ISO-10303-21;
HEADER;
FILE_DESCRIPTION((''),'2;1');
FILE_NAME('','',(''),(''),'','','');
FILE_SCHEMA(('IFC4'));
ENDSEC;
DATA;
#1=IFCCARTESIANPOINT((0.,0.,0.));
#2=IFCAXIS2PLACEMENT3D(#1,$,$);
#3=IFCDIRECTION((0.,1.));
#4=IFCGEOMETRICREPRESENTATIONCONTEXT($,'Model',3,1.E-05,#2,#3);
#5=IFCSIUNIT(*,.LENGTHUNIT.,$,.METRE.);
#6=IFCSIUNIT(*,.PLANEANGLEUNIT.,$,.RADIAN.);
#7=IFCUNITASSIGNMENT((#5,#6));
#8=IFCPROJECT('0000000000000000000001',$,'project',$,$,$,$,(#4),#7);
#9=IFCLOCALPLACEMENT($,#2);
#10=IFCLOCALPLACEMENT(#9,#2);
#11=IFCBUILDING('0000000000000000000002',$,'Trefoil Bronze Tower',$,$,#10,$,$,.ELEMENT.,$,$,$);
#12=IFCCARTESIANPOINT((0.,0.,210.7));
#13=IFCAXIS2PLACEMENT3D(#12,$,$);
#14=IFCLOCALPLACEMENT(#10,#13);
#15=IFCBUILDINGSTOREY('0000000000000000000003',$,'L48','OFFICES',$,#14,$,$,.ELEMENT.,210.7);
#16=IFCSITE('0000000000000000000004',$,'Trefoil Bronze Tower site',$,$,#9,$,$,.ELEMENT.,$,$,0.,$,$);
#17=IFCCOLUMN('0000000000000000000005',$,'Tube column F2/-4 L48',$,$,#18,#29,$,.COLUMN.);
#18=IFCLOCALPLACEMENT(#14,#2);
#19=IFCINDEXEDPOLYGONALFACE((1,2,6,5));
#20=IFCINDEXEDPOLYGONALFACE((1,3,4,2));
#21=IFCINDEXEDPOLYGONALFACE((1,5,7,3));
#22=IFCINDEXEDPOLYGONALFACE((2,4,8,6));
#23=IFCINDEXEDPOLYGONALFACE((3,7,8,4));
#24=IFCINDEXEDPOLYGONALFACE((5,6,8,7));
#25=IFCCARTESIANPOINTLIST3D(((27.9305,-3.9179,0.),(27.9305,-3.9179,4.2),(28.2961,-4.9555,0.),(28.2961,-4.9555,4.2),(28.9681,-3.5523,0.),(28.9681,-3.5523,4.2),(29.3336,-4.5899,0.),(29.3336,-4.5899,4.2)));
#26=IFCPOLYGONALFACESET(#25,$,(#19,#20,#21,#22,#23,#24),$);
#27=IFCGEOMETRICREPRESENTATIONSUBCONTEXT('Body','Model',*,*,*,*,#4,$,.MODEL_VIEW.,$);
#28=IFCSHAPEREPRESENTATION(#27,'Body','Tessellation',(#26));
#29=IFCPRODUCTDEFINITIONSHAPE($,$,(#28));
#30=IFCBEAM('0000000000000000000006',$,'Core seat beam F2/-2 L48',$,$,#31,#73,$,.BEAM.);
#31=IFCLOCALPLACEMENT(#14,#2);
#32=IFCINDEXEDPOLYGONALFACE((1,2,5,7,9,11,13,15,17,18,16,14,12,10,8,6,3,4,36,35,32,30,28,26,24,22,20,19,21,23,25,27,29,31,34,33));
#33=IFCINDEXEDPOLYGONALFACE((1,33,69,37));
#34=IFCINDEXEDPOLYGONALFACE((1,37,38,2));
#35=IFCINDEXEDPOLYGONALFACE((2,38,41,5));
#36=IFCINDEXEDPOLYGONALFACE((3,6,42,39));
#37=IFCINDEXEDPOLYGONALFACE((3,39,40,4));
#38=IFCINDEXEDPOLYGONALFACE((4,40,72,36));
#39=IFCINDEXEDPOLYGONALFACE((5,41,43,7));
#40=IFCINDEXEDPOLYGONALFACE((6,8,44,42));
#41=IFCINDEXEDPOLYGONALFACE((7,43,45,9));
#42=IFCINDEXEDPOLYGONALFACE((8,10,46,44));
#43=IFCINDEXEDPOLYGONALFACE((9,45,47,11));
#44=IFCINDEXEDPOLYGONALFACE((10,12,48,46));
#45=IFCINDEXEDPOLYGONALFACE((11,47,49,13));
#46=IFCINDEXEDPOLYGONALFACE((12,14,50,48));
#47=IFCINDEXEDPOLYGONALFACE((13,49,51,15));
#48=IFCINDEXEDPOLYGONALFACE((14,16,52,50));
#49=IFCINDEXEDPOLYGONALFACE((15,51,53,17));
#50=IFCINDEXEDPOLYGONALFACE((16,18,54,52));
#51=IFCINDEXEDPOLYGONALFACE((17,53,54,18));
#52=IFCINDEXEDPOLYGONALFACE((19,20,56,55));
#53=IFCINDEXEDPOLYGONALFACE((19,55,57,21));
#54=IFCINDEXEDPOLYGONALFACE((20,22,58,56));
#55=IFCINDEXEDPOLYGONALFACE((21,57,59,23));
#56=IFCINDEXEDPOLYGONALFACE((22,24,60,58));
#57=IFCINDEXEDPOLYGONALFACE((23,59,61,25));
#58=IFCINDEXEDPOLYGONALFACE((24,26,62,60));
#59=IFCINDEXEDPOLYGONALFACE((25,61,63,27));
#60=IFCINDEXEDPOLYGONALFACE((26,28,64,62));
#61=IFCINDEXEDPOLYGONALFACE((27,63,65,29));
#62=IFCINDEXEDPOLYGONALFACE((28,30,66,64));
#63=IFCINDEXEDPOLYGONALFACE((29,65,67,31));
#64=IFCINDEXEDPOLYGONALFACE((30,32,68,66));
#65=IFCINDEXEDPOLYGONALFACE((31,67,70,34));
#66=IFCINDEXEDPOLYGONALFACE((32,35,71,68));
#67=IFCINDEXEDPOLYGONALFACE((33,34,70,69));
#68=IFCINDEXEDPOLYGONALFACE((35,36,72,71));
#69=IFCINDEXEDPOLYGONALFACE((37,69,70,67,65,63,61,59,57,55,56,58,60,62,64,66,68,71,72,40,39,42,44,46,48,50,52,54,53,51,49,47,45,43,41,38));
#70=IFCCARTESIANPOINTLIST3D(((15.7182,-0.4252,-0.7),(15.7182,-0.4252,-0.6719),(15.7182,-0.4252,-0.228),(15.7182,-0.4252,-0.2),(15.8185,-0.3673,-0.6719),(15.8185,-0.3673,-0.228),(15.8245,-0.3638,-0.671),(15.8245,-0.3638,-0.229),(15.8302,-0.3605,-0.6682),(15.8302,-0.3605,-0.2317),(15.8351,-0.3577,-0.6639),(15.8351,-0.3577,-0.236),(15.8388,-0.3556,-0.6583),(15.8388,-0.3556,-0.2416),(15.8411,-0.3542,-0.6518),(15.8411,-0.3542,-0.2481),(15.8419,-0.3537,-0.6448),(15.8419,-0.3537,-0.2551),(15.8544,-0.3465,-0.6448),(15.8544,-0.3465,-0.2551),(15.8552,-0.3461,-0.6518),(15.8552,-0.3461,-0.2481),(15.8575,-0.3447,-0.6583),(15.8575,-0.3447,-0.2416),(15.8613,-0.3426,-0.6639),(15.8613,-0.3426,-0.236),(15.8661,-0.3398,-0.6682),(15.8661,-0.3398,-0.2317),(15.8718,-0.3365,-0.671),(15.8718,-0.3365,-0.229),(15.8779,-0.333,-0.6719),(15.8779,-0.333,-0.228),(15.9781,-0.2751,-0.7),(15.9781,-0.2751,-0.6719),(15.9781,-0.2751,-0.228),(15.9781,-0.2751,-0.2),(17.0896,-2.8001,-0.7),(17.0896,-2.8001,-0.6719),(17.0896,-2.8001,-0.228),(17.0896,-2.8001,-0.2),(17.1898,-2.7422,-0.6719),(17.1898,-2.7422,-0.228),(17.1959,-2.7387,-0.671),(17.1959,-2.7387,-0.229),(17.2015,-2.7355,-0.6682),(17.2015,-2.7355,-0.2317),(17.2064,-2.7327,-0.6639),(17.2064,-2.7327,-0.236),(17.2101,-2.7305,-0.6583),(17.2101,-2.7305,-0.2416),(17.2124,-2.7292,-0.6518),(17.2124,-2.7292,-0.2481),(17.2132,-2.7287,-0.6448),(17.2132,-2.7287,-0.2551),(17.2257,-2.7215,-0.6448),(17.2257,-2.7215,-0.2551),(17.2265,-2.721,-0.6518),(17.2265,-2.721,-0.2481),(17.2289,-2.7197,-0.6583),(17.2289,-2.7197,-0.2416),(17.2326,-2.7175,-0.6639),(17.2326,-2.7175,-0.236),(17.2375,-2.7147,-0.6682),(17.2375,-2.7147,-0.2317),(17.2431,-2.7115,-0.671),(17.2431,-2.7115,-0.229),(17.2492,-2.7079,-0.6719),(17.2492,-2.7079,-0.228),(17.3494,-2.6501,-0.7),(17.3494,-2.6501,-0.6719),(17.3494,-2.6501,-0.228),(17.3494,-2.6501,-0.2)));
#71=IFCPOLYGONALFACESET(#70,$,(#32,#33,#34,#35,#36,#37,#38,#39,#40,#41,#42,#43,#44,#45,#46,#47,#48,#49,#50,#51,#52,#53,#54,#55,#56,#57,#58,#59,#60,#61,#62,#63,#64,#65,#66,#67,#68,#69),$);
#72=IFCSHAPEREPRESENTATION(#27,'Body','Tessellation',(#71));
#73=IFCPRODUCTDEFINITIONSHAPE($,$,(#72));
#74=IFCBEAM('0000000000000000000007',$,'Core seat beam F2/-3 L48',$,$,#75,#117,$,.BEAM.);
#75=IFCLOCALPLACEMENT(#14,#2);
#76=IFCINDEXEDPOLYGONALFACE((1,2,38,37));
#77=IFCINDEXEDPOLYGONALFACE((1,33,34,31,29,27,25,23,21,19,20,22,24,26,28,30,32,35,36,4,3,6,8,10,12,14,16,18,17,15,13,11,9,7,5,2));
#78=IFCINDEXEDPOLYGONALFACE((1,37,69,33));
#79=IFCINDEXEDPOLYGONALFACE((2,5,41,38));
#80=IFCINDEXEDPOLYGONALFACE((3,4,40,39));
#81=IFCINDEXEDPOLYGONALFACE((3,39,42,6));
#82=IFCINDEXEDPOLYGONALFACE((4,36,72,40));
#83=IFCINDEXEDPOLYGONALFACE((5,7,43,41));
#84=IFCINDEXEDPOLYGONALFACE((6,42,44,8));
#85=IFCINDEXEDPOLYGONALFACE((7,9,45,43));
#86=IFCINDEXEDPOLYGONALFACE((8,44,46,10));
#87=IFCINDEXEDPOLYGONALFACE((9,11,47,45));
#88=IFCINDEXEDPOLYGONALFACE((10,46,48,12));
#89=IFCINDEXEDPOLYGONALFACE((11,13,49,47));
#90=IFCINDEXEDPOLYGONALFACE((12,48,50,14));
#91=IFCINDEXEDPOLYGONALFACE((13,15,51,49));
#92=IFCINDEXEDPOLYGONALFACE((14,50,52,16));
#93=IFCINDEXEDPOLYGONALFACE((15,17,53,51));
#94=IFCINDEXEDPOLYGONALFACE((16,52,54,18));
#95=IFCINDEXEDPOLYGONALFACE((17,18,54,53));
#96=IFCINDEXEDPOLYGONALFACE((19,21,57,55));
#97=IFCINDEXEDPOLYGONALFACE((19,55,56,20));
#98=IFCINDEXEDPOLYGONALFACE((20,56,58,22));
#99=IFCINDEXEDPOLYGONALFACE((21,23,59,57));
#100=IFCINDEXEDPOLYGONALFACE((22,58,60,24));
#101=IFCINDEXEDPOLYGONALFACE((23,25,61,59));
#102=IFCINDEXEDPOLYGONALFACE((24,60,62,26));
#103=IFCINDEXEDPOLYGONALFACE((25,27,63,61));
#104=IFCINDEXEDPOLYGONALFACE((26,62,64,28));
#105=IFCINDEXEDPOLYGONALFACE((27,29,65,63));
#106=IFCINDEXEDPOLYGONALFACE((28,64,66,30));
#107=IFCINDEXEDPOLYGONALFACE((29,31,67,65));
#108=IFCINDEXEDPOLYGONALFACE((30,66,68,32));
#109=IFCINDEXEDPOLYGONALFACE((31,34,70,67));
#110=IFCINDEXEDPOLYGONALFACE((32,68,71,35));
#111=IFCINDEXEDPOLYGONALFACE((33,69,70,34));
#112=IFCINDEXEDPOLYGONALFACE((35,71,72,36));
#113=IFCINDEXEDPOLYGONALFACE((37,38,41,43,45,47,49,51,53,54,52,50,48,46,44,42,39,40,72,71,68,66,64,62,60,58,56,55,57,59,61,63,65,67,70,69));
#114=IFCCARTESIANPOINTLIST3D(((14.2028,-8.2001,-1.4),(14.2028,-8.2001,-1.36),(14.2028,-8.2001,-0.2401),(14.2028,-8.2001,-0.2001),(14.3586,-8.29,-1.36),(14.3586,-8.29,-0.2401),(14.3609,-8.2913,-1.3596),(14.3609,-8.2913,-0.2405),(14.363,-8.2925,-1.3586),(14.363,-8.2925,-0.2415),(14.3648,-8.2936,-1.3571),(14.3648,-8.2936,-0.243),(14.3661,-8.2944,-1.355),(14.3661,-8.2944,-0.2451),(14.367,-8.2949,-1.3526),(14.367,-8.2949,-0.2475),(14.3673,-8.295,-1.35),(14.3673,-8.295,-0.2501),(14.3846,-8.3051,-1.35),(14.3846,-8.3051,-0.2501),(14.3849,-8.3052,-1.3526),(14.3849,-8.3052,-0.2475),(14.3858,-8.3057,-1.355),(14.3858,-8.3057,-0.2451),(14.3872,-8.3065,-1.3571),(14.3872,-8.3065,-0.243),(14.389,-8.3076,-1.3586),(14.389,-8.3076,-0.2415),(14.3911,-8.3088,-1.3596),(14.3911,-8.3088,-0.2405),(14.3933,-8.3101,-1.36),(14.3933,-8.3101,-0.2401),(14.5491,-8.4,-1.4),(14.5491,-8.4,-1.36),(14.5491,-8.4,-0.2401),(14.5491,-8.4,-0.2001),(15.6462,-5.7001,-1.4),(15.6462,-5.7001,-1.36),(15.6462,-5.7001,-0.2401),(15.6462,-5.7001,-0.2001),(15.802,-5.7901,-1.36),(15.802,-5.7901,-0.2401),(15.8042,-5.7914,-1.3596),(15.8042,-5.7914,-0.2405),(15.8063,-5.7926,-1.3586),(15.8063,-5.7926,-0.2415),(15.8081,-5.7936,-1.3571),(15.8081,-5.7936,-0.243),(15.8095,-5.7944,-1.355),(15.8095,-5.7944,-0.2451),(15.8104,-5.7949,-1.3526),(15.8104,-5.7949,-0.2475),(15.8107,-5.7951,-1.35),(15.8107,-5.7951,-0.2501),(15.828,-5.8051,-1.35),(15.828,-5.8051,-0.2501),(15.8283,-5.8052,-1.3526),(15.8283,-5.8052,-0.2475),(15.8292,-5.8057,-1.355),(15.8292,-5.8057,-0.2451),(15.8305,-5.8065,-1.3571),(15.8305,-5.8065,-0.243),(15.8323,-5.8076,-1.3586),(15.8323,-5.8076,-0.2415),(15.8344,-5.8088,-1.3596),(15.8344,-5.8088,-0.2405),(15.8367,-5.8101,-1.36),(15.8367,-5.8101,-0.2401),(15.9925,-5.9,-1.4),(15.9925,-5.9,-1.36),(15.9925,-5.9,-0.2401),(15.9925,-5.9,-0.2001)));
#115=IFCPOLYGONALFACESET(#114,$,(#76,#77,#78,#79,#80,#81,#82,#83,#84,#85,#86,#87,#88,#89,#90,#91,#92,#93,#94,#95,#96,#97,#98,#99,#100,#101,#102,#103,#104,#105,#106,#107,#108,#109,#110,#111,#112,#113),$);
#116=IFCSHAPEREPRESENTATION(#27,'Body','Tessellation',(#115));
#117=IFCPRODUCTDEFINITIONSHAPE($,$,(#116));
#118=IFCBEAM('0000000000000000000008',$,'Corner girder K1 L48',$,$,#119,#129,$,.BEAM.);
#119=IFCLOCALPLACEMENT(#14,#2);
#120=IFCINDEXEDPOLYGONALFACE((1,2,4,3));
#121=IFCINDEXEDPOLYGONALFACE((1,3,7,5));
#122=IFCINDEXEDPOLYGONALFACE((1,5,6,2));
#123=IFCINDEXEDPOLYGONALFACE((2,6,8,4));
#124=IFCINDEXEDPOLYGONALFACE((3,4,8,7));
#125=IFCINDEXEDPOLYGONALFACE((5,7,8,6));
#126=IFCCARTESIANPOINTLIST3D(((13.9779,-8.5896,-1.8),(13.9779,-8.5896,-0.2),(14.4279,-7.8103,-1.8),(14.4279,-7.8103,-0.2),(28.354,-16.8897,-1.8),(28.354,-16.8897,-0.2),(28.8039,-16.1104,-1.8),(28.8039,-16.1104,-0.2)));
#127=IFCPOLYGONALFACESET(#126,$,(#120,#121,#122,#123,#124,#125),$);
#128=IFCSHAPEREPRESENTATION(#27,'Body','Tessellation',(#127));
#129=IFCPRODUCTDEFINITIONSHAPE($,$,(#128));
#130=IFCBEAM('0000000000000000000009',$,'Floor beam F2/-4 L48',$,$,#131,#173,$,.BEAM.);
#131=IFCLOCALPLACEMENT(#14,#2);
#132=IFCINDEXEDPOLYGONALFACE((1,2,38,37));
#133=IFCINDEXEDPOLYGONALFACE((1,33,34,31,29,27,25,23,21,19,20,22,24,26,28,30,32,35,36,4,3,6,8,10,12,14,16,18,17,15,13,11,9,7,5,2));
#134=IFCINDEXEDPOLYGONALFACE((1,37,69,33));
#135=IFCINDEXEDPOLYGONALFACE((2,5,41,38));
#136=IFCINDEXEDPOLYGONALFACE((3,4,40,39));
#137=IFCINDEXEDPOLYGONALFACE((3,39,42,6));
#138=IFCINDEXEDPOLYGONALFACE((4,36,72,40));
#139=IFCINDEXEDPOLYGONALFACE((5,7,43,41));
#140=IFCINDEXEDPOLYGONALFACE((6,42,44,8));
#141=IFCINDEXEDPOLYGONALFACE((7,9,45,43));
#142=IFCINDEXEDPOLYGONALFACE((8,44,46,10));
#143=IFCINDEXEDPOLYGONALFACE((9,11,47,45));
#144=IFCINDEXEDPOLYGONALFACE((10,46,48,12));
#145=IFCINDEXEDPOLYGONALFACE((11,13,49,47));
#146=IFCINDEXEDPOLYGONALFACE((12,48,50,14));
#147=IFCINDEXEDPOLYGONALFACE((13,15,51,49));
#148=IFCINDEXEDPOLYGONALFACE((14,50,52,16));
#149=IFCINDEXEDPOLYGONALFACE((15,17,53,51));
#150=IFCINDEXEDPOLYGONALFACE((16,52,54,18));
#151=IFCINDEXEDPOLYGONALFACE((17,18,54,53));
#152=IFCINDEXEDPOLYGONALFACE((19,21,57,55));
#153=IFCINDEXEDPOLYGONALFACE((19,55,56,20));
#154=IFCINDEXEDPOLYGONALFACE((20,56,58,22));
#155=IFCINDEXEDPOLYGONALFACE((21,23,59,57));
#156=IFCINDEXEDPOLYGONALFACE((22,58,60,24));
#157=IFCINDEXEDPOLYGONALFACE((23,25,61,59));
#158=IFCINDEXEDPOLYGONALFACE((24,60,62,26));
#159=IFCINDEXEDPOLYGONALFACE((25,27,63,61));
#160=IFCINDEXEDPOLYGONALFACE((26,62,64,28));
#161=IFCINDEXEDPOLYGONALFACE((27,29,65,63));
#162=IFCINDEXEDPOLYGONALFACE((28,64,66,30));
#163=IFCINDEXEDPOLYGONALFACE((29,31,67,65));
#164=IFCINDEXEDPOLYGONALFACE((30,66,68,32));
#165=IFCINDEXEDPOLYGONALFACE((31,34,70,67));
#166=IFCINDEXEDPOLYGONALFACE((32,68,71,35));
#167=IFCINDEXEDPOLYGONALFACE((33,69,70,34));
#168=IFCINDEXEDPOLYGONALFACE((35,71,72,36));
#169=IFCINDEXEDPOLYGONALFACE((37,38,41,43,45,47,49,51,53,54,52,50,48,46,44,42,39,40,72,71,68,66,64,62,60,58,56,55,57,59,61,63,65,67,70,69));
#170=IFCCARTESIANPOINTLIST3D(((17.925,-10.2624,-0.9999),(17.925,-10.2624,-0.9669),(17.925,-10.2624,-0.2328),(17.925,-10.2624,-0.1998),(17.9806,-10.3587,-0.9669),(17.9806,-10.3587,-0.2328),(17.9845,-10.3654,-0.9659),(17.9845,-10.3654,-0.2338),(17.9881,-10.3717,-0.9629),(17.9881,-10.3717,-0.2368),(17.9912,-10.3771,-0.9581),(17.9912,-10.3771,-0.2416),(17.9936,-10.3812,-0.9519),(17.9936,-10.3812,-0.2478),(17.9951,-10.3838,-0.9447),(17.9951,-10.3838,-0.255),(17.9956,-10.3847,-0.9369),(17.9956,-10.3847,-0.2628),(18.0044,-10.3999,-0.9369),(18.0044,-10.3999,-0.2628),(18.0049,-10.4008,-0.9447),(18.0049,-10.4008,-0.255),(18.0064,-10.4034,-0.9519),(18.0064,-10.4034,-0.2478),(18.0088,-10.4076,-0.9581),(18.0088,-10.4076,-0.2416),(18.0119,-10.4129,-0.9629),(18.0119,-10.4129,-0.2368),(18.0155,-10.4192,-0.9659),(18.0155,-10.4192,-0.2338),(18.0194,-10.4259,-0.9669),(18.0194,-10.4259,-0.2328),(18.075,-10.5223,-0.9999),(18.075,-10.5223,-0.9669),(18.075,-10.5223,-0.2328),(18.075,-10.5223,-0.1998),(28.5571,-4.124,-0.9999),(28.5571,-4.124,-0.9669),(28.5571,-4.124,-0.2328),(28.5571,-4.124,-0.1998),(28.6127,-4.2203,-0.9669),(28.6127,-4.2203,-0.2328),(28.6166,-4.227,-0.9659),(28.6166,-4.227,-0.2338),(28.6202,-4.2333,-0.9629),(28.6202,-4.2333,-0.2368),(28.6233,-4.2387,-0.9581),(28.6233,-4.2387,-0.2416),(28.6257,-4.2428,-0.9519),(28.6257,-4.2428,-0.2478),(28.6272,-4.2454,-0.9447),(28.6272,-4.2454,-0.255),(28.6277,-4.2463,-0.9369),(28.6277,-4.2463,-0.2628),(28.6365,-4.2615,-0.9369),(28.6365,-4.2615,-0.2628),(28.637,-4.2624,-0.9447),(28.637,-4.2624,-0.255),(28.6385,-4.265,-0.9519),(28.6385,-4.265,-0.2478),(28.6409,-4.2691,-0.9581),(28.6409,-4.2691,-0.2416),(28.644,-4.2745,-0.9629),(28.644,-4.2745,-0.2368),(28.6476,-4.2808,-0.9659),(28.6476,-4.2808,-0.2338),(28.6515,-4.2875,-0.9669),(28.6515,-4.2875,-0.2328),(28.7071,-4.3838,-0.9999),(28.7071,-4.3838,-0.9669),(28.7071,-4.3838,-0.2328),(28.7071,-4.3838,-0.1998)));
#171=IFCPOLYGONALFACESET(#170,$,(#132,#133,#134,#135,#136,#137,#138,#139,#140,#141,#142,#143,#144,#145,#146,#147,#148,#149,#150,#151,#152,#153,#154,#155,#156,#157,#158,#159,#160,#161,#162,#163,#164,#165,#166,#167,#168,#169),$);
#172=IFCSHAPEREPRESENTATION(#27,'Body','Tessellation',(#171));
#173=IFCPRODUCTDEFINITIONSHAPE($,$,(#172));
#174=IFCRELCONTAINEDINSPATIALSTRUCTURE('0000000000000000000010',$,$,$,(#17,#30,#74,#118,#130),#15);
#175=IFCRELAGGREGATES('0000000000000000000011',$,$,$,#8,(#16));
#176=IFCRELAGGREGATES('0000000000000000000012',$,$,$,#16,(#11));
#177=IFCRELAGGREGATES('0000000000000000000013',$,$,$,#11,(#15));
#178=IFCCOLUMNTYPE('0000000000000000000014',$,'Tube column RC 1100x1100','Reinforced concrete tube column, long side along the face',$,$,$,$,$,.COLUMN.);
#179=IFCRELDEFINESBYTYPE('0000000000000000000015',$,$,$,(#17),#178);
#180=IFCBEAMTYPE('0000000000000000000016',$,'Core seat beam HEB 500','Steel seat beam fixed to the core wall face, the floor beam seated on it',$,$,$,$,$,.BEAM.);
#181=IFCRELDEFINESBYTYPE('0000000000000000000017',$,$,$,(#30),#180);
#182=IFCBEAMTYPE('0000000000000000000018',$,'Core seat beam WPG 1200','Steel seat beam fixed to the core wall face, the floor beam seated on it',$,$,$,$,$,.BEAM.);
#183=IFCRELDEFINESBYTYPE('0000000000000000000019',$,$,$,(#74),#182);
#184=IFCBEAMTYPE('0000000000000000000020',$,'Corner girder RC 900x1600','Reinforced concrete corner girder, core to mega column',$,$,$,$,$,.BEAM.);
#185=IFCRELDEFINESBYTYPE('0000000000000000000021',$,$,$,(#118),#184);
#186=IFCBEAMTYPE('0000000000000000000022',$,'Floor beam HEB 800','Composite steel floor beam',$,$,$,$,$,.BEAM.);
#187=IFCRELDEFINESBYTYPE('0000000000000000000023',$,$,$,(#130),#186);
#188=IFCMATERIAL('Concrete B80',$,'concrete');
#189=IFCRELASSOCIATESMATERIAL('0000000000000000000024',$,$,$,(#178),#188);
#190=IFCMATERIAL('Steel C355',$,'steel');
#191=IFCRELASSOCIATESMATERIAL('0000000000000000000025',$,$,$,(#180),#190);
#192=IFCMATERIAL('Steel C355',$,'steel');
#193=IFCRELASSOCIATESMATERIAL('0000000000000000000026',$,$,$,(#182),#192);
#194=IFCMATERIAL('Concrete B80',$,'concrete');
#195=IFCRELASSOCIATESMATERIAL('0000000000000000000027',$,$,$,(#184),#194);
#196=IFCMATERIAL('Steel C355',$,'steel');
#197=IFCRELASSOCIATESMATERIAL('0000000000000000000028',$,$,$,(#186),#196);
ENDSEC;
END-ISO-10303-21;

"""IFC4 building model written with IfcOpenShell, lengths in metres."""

from ifc_helpers import new_model, si_unit, direction, frame, origin, origin_2d, place, context, subcontext, project, spatial, rectangle, i_section, extrude, material, material_profile, profile_set, type_object, element, save


model = new_model("IFC4")

# Units and contexts
model_context = context("Model", 3, precision=1e-05, world=origin(), true_north=direction((0.0, 1.0)))
body_context = subcontext(model_context, "Body", "Model", "MODEL_VIEW")
ifc_project = project(units=[si_unit("LENGTHUNIT", "METRE"), si_unit("PLANEANGLEUNIT", "RADIAN")], contexts=[model_context])

# Site, building, storey
site_placement = place(None, origin())
site = spatial("IfcSite", under=ifc_project, at=site_placement, Name="Trefoil Bronze Tower site", CompositionType="ELEMENT", RefElevation=0.0)
building_placement = place(site_placement, origin())
building = spatial("IfcBuilding", under=site, at=building_placement, Name="Trefoil Bronze Tower", CompositionType="ELEMENT")
storey_placement = place(building_placement, frame((0.0, 0.0, 210.7)))
storey = spatial("IfcBuildingStorey", under=building, at=storey_placement, Name="L48", Description="OFFICES", CompositionType="ELEMENT", Elevation=210.7)

# Column
ifc_material_1 = material(Name="Concrete B80", Category="concrete")
ifc_material_profile_1 = material_profile(ifc_material_1, rectangle(XDim=1.1001, YDim=1.1001, at=origin_2d()), Name="RC 1100x1100")
ifc_profile_set_1 = profile_set([ifc_material_profile_1], Name="Concrete B80")
column_type = type_object("IfcColumnType", Name="Tube column RC 1100x1100", Description="Reinforced concrete tube column, long side along the face", PredefinedType="COLUMN", material=ifc_profile_set_1)
column_placement = place(storey_placement, frame((28.6321, -4.2539, 0.0), z_axis=(0.0, 0.0, 1.0), x_axis=(-0.332282, 0.94318, 0.0)))
element("IfcColumn", 1, at=column_placement, inside=storey, type_object=column_type, Name="Tube column F2/-4 L48", PredefinedType="COLUMN", context=body_context, shape_type="SweptSolid", body=[
    extrude(rectangle(XDim=1.1001, YDim=1.1001, at=origin_2d()), origin(), (0.0, 0.0, 1.0), 4.2),
])

# Beams
ifc_material_2 = material(Name="Steel C355", Category="steel")
ifc_material_profile_2 = material_profile(ifc_material_2, i_section(OverallWidth=0.3, OverallDepth=0.5, WebThickness=0.0144, FlangeThickness=0.0281, FilletRadius=0.0271, at=origin_2d()), Name="HEB 500")
ifc_profile_set_2 = profile_set([ifc_material_profile_2], Name="Steel C355")
beam_type_1 = type_object("IfcBeamType", Name="Core seat beam HEB 500", Description="Steel seat beam fixed to the core wall face, the floor beam seated on it", PredefinedType="BEAM", material=ifc_profile_set_2)
beam_1_placement = place(storey_placement, frame((17.2195, -2.7251, -0.45), z_axis=(-0.500036, 0.866005, 0.0), x_axis=(-0.866005, -0.500036, 0.0)))
element("IfcBeam", 2, at=beam_1_placement, inside=storey, type_object=beam_type_1, Name="Core seat beam F2/-2 L48", PredefinedType="BEAM", context=body_context, shape_type="SweptSolid", body=[
    extrude(i_section(OverallWidth=0.3, OverallDepth=0.5, WebThickness=0.0144, FlangeThickness=0.0281, FilletRadius=0.0271, at=origin_2d()), origin(), (0.0, 0.0, 1.0), 2.7424),
])
ifc_material_3 = material(Name="Steel C355", Category="steel")
ifc_material_profile_3 = material_profile(ifc_material_3, i_section(OverallWidth=0.3999, OverallDepth=1.2, WebThickness=0.02, FlangeThickness=0.04, FilletRadius=0.01, at=origin_2d()), Name="WPG 1200")
ifc_profile_set_3 = profile_set([ifc_material_profile_3], Name="Steel C355")
beam_type_2 = type_object("IfcBeamType", Name="Core seat beam WPG 1200", Description="Steel seat beam fixed to the core wall face, the floor beam seated on it", PredefinedType="BEAM", material=ifc_profile_set_3)
beam_2_placement = place(storey_placement, frame((14.376, -8.3, -0.8), z_axis=(0.499996, 0.866028, 0.0), x_axis=(-0.866028, 0.499996, 0.0)))
element("IfcBeam", 3, at=beam_2_placement, inside=storey, type_object=beam_type_2, Name="Core seat beam F2/-3 L48", PredefinedType="BEAM", context=body_context, shape_type="SweptSolid", body=[
    extrude(i_section(OverallWidth=0.3999, OverallDepth=1.2, WebThickness=0.02, FlangeThickness=0.04, FilletRadius=0.01, at=origin_2d()), origin(), (0.0, 0.0, 1.0), 2.8867),
])
ifc_material_4 = material(Name="Concrete B80", Category="concrete")
ifc_material_profile_4 = material_profile(ifc_material_4, rectangle(XDim=0.8999, YDim=1.6001, at=origin_2d()), Name="RC 900x1600")
ifc_profile_set_4 = profile_set([ifc_material_profile_4], Name="Concrete B80")
beam_type_3 = type_object("IfcBeamType", Name="Corner girder RC 900x1600", Description="Reinforced concrete corner girder, core to mega column", PredefinedType="BEAM", material=ifc_profile_set_4)
beam_3_placement = place(storey_placement, frame((14.2029, -8.2, -1.0), z_axis=(0.866023, -0.500003, 0.0), x_axis=(0.500003, 0.866023, 0.0)))
element("IfcBeam", 4, at=beam_3_placement, inside=storey, type_object=beam_type_3, Name="Corner girder K1 L48", PredefinedType="BEAM", context=body_context, shape_type="SweptSolid", body=[
    extrude(rectangle(XDim=0.8999, YDim=1.6001, at=origin_2d()), origin(), (0.0, 0.0, 1.0), 16.6001),
])
ifc_material_5 = material(Name="Steel C355", Category="steel")
ifc_material_profile_5 = material_profile(ifc_material_5, i_section(OverallWidth=0.3, OverallDepth=0.8, WebThickness=0.0176, FlangeThickness=0.033, FilletRadius=0.03, at=origin_2d()), Name="HEB 800")
ifc_profile_set_5 = profile_set([ifc_material_profile_5], Name="Steel C355")
beam_type_4 = type_object("IfcBeamType", Name="Floor beam HEB 800", Description="Composite steel floor beam", PredefinedType="BEAM", material=ifc_profile_set_5)
beam_4_placement = place(storey_placement, frame((28.6321, -4.2539, -0.5999), z_axis=(-0.866026, -0.5, 0.0), x_axis=(0.5, -0.866026, 0.0)))
element("IfcBeam", 5, at=beam_4_placement, inside=storey, type_object=beam_type_4, Name="Floor beam F2/-4 L48", PredefinedType="BEAM", context=body_context, shape_type="SweptSolid", body=[
    extrude(i_section(OverallWidth=0.3, OverallDepth=0.8, WebThickness=0.0176, FlangeThickness=0.033, FilletRadius=0.03, at=origin_2d()), origin(), (0.0, 0.0, 1.0), 12.2769),
])

save(model, "model.ifc")
